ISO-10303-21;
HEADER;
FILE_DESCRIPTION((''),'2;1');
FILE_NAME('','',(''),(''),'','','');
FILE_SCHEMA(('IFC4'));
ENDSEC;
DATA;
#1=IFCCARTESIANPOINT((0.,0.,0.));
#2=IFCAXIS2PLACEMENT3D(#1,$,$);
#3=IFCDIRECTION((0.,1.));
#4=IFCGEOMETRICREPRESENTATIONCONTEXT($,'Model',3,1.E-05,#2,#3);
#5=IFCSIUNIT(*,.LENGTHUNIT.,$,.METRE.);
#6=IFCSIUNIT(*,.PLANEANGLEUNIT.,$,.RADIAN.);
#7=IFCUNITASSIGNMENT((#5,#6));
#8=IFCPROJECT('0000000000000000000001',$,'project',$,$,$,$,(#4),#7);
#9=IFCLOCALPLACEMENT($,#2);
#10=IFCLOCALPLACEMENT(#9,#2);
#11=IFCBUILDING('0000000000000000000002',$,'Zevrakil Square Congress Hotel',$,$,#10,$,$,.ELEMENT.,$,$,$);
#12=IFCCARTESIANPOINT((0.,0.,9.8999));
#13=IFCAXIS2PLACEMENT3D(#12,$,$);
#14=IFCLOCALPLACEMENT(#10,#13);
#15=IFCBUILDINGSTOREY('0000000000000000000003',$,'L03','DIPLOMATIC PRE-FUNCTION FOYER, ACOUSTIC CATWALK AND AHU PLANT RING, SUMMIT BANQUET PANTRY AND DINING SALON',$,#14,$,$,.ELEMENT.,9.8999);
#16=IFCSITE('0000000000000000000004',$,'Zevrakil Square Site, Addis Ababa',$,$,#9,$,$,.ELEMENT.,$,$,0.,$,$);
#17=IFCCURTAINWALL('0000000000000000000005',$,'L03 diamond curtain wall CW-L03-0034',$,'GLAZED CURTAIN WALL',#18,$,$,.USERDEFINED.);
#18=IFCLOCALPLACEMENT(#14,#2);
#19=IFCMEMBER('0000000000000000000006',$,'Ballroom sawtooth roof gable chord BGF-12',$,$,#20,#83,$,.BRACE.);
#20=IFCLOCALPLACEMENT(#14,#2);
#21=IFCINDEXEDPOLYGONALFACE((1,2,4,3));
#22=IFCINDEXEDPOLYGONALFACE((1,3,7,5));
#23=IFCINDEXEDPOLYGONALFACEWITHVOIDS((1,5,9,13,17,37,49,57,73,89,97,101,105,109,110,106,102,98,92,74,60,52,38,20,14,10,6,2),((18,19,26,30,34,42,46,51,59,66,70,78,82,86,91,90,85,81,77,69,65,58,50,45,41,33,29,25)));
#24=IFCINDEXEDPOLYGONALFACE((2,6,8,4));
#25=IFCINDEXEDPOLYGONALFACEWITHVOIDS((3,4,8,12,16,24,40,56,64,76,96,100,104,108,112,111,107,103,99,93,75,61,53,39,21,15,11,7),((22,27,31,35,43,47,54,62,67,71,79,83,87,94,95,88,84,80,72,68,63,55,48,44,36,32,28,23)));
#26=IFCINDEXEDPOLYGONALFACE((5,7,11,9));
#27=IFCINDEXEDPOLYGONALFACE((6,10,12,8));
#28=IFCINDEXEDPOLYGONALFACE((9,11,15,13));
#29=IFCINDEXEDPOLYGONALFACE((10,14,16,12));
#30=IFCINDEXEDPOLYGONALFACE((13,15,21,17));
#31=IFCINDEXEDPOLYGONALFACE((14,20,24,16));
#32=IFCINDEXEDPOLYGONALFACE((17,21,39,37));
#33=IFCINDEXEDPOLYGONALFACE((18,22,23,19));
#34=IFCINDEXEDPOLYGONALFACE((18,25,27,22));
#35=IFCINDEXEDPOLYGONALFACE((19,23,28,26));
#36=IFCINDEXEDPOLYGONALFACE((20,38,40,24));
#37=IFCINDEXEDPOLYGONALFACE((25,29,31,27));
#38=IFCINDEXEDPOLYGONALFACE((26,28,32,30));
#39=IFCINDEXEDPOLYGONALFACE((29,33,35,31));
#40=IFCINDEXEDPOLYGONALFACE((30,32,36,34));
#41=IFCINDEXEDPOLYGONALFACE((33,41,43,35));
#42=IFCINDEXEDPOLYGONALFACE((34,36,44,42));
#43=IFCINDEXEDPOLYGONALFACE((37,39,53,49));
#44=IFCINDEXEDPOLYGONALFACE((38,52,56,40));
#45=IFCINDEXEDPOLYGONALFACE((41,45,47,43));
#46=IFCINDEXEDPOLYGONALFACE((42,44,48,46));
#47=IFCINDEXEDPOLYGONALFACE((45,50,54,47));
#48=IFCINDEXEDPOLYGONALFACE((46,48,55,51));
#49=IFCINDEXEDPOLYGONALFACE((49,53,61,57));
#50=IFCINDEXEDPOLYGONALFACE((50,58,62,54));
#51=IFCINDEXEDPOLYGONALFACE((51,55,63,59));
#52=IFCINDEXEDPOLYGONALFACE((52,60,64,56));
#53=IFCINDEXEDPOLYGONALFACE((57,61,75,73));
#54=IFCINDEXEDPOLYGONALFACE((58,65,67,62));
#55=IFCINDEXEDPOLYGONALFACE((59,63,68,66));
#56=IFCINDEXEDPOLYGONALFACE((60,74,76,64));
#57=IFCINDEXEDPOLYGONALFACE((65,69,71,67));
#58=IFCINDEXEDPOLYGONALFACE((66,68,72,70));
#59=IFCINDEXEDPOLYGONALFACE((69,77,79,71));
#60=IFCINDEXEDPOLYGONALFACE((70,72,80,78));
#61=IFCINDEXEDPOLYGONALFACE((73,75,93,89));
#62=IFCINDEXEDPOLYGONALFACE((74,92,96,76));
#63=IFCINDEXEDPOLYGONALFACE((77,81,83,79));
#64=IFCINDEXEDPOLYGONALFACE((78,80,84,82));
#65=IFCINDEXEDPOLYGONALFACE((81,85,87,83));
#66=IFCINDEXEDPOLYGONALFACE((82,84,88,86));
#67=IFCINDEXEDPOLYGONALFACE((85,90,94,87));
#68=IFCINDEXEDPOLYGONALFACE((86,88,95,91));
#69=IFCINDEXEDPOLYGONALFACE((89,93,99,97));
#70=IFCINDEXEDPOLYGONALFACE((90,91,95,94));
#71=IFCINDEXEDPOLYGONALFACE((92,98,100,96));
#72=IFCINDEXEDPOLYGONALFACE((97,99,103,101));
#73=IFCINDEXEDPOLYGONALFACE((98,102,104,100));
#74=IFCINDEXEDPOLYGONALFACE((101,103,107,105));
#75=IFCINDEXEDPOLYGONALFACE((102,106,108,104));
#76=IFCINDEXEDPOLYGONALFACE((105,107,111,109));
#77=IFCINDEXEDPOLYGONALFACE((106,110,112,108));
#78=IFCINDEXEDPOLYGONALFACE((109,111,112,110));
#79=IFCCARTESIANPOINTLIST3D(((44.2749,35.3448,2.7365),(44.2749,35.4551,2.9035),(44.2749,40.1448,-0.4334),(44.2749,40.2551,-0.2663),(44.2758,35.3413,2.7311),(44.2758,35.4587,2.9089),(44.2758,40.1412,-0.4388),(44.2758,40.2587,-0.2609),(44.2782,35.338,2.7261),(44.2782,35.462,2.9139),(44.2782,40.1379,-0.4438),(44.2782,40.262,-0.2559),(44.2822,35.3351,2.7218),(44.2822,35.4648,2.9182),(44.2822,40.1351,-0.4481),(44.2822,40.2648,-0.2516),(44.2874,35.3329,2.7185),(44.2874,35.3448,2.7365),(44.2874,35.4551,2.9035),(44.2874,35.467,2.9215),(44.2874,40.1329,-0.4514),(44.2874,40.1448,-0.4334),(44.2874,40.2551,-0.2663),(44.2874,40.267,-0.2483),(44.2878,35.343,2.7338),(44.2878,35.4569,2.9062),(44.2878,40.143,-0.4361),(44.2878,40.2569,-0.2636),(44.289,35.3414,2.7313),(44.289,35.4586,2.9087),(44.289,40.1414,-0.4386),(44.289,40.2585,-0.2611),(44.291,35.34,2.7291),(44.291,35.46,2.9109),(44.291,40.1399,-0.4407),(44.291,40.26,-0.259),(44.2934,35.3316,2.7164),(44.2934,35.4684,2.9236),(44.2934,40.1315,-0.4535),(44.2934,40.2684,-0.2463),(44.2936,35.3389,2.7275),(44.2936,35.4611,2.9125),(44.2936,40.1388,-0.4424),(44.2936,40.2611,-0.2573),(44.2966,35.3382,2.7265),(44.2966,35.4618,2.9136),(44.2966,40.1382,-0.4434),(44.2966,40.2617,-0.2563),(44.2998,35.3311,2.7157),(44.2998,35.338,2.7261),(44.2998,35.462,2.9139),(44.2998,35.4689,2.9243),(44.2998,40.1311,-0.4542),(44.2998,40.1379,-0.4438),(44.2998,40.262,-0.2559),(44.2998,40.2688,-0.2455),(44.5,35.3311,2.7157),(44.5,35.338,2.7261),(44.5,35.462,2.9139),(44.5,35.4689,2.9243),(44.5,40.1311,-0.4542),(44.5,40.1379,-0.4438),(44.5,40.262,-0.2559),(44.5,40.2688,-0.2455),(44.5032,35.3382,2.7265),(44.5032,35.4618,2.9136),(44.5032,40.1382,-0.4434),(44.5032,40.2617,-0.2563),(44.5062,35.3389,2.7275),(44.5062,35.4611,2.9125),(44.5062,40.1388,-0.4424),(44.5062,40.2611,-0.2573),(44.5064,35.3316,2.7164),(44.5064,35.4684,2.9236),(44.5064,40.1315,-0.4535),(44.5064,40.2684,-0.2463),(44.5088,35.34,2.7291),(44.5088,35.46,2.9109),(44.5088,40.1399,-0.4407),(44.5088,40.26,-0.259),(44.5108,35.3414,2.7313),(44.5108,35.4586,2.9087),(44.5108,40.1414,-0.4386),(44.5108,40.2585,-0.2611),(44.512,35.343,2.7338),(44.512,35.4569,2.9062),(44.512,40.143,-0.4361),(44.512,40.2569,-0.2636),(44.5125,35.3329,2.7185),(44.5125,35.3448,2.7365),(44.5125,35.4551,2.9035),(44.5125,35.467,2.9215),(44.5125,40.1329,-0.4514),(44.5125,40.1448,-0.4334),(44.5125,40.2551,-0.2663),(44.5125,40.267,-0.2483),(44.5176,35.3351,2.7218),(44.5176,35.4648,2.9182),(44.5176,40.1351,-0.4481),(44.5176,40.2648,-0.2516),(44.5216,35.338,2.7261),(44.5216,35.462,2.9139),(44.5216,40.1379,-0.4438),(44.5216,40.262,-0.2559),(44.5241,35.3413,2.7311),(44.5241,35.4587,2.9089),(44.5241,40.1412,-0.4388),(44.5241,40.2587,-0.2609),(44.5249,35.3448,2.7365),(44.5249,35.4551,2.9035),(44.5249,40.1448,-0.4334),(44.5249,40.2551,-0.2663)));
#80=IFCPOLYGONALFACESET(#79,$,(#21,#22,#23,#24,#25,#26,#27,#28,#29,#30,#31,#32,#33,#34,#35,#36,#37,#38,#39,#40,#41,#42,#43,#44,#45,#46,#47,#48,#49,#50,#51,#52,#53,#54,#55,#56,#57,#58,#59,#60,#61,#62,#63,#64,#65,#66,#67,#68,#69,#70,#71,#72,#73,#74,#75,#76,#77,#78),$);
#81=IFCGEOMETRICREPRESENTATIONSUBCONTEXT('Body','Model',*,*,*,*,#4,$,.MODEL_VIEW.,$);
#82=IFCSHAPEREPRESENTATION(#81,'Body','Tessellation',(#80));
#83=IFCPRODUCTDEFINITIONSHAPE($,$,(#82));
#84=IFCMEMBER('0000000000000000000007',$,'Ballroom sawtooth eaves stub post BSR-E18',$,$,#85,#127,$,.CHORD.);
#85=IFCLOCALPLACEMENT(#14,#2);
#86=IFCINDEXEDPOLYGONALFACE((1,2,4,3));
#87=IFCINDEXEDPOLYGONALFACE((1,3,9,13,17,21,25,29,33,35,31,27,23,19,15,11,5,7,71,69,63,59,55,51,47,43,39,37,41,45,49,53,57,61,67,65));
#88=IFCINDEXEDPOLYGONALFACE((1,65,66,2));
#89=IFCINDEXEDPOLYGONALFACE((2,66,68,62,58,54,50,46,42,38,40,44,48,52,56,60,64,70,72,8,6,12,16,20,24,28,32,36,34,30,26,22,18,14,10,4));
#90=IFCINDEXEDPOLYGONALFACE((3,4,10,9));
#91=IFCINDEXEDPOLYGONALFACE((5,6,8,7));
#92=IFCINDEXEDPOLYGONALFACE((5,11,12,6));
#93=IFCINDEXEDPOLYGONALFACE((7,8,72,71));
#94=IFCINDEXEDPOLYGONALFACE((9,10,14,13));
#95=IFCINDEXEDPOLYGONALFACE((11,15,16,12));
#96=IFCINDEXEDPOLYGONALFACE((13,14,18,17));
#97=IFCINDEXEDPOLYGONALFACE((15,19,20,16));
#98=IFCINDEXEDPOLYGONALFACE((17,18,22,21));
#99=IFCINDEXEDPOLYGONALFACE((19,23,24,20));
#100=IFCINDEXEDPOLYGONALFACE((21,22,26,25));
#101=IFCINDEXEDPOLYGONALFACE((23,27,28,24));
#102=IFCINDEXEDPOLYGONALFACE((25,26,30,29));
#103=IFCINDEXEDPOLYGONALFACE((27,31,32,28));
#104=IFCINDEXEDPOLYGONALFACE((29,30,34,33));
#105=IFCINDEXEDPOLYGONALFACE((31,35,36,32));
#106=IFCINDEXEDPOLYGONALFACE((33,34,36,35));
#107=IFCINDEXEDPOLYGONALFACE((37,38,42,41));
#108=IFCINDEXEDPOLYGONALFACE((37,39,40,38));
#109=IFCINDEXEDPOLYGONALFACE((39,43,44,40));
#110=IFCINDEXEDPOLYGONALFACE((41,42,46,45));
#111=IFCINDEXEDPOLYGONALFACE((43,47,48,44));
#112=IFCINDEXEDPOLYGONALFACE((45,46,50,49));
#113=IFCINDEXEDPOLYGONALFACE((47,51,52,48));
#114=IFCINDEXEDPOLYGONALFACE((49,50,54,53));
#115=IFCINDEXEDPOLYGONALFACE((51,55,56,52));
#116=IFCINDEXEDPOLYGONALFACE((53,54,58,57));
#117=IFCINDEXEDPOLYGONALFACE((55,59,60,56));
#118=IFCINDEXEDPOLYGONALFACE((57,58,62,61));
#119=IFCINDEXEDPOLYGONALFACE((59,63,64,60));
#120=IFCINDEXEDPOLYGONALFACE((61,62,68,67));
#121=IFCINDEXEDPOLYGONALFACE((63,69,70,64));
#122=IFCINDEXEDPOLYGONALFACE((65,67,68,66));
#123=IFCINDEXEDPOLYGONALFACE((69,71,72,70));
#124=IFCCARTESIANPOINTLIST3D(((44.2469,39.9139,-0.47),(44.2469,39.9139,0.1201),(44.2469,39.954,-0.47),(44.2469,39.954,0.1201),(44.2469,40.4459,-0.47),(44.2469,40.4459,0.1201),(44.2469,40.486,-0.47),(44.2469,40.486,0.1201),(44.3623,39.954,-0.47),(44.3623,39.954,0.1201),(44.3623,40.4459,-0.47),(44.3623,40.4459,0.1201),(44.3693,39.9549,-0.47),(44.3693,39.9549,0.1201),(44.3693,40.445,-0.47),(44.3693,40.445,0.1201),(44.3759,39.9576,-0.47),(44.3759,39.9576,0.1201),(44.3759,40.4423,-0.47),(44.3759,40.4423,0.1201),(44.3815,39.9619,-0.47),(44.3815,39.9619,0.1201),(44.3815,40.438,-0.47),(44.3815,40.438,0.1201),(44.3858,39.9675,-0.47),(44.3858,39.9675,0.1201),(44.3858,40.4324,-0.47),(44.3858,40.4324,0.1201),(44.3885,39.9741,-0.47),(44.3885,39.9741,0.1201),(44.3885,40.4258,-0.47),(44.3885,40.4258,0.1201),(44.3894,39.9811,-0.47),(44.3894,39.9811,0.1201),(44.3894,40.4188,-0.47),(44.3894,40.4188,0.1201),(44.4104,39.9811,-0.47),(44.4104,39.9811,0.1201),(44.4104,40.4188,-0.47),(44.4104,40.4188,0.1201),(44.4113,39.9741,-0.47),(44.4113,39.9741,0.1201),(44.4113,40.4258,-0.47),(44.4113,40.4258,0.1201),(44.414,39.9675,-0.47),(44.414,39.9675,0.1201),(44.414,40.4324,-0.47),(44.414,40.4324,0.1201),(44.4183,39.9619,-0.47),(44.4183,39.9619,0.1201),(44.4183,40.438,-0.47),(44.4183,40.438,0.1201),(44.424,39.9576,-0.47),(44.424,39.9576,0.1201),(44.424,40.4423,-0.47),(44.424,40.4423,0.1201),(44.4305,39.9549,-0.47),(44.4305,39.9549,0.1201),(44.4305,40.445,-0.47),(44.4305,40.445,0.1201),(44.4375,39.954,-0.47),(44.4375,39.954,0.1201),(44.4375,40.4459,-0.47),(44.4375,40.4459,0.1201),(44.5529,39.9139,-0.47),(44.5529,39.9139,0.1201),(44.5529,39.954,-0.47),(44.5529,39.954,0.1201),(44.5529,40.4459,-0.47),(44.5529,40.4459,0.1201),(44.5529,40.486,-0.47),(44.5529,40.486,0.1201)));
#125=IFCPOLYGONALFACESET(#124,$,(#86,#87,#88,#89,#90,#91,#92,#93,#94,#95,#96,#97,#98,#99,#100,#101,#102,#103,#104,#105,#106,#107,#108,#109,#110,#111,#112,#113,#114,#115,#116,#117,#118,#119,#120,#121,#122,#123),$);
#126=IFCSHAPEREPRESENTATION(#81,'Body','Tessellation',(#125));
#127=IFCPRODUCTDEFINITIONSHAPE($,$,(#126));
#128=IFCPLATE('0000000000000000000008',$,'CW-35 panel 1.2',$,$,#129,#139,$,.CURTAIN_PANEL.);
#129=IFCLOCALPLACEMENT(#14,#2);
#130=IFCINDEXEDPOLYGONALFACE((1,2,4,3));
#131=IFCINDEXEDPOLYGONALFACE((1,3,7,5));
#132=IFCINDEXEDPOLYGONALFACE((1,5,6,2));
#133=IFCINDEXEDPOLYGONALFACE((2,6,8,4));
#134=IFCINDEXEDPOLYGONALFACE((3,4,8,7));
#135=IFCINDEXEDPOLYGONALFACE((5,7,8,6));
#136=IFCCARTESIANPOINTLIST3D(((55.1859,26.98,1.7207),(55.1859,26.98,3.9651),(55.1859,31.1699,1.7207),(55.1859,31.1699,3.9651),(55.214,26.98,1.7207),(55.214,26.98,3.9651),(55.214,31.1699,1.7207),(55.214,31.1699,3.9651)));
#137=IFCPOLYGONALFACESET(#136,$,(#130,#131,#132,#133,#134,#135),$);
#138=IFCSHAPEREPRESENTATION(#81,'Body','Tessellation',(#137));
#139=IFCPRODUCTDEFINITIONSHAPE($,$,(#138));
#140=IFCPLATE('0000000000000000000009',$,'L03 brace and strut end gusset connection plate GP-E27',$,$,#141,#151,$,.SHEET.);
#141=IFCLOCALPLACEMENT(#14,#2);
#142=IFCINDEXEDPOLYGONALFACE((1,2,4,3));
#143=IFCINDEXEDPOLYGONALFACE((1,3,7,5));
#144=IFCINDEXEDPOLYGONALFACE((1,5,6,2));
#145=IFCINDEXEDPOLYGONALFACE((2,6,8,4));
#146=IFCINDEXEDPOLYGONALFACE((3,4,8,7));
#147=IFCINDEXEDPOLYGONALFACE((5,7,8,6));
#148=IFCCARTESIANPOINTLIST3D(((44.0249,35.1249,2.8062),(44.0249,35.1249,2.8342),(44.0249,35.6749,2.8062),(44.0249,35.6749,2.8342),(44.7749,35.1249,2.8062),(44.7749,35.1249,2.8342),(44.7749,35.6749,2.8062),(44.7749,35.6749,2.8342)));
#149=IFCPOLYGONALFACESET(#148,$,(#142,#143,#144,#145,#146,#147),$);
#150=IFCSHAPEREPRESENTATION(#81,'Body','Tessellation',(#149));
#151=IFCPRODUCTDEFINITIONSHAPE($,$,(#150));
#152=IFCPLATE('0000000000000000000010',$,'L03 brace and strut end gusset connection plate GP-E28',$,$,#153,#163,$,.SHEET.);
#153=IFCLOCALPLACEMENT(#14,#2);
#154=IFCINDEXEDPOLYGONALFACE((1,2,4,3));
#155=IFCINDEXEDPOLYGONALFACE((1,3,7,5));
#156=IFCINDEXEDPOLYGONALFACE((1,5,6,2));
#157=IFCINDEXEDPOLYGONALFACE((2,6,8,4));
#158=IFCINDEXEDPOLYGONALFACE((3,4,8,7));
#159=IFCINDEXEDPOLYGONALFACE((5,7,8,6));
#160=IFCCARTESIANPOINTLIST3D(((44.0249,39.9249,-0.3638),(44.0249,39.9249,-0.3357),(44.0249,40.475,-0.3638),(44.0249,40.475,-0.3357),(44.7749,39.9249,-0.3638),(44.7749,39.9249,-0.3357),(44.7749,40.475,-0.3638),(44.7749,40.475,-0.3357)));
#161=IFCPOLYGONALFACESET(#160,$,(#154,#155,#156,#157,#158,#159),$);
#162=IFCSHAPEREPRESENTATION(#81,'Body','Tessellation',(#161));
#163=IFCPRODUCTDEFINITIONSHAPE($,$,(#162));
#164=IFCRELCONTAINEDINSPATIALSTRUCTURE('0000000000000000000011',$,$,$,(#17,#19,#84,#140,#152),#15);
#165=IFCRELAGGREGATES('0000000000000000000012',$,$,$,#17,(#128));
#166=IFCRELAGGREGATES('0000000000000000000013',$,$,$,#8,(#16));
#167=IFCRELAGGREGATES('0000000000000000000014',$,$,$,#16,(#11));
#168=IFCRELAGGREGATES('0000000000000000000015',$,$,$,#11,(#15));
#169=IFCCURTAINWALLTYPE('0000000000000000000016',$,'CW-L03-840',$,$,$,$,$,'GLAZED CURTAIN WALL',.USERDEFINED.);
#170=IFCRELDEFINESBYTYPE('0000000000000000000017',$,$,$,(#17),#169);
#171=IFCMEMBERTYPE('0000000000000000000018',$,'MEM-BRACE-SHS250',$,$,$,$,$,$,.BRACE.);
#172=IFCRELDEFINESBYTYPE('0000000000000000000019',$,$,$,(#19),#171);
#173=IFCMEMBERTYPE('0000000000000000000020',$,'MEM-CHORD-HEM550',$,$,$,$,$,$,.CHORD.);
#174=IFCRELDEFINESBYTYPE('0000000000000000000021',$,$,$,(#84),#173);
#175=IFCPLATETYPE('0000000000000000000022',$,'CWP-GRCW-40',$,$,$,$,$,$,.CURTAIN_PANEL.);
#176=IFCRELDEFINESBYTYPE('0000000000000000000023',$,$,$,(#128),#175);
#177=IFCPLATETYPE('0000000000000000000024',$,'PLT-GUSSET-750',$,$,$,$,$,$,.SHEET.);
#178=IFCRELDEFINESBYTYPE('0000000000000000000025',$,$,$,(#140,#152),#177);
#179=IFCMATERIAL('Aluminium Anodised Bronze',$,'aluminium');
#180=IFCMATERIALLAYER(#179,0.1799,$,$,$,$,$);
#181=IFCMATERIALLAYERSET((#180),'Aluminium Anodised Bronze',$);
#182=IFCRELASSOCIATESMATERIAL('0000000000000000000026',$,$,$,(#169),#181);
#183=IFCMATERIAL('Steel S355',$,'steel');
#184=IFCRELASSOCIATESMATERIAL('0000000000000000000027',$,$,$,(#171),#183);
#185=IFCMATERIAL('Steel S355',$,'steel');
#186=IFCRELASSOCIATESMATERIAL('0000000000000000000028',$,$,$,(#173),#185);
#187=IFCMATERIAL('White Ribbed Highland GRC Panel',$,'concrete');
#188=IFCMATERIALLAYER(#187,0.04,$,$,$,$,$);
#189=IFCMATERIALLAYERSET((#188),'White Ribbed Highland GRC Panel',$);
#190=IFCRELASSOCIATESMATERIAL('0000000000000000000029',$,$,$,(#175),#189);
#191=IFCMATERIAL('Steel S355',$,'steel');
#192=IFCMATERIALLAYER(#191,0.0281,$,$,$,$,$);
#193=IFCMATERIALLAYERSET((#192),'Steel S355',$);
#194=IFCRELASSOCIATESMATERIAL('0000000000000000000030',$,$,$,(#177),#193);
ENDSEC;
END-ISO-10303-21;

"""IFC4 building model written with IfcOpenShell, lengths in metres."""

from ifc_helpers import new_model, si_unit, direction, frame, origin, origin_2d, place, context, subcontext, project, spatial, rectangle, hollow_rectangle, i_section, extrude, material, layer, layer_set, material_profile, profile_set, type_object, element, aggregate, save


model = new_model("IFC4")

# Units and contexts
model_context = context("Model", 3, precision=1e-05, world=origin(), true_north=direction((0.0, 1.0)))
body_context = subcontext(model_context, "Body", "Model", "MODEL_VIEW")
ifc_project = project(units=[si_unit("LENGTHUNIT", "METRE"), si_unit("PLANEANGLEUNIT", "RADIAN")], contexts=[model_context])

# Site, building, storey
site_placement = place(None, origin())
site = spatial("IfcSite", under=ifc_project, at=site_placement, Name="Zevrakil Square Site, Addis Ababa", CompositionType="ELEMENT", RefElevation=0.0)
building_placement = place(site_placement, origin())
building = spatial("IfcBuilding", under=site, at=building_placement, Name="Zevrakil Square Congress Hotel", CompositionType="ELEMENT")
storey_placement = place(building_placement, frame((0.0, 0.0, 9.8999)))
storey = spatial("IfcBuildingStorey", under=building, at=storey_placement, Name="L03", Description="DIPLOMATIC PRE-FUNCTION FOYER, ACOUSTIC CATWALK AND AHU PLANT RING, SUMMIT BANQUET PANTRY AND DINING SALON", CompositionType="ELEMENT", Elevation=9.8999)

# Curtain wall
ifc_material_1 = material(Name="Aluminium Anodised Bronze", Category="aluminium")
ifc_layer_1 = layer(ifc_material_1, 0.1799)
ifc_layer_set_1 = layer_set([ifc_layer_1], Name="Aluminium Anodised Bronze")
curtain_wall_type = type_object("IfcCurtainWallType", Name="CW-L03-840", ElementType="GLAZED CURTAIN WALL", PredefinedType="USERDEFINED", material=ifc_layer_set_1)
curtain_wall_placement = place(storey_placement, origin())
curtain_wall = element("IfcCurtainWall", 1, at=curtain_wall_placement, inside=storey, type_object=curtain_wall_type, Name="L03 diamond curtain wall CW-L03-0034", ObjectType="GLAZED CURTAIN WALL", PredefinedType="USERDEFINED")

# Members
ifc_material_2 = material(Name="Steel S355", Category="steel")
ifc_material_profile_1 = material_profile(ifc_material_2, hollow_rectangle(XDim=0.25, YDim=0.25, WallThickness=0.0125, InnerFilletRadius=0.0125, OuterFilletRadius=0.0249, at=origin_2d()), Name="SHS 250x250x12.5")
ifc_profile_set_1 = profile_set([ifc_material_profile_1], Name="Steel S355")
member_type_1 = type_object("IfcMemberType", Name="MEM-BRACE-SHS250", PredefinedType="BRACE", material=ifc_profile_set_1)
member_1_placement = place(storey_placement, frame((44.3999, 40.2, -0.3499), z_axis=(0.0, -0.834458, 0.551071), x_axis=(1.0, 0.0, 0.0)))
element("IfcMember", 2, at=member_1_placement, inside=storey, type_object=member_type_1, Name="Ballroom sawtooth roof gable chord BGF-12", PredefinedType="BRACE", context=body_context, shape_type="SweptSolid", body=[
    extrude(hollow_rectangle(XDim=0.25, YDim=0.25, WallThickness=0.0125, InnerFilletRadius=0.0125, OuterFilletRadius=0.0249, at=origin_2d()), origin(), (0.0, 0.0, 1.0), 5.7522),
])
ifc_material_3 = material(Name="Steel S355", Category="steel")
ifc_material_profile_2 = material_profile(ifc_material_3, i_section(OverallWidth=0.3059, OverallDepth=0.572, WebThickness=0.021, FlangeThickness=0.04, FilletRadius=0.0271, at=origin_2d()), Name="HEM 550")
ifc_profile_set_2 = profile_set([ifc_material_profile_2], Name="Steel S355")
member_type_2 = type_object("IfcMemberType", Name="MEM-CHORD-HEM550", PredefinedType="CHORD", material=ifc_profile_set_2)
member_2_placement = place(storey_placement, frame((44.3999, 40.2, -0.47), z_axis=(0.0, 0.0, 1.0), x_axis=(1.0, 0.0, 0.0)))
element("IfcMember", 3, at=member_2_placement, inside=storey, type_object=member_type_2, Name="Ballroom sawtooth eaves stub post BSR-E18", PredefinedType="CHORD", context=body_context, shape_type="SweptSolid", body=[
    extrude(i_section(OverallWidth=0.3059, OverallDepth=0.572, WebThickness=0.021, FlangeThickness=0.04, FilletRadius=0.0271, at=origin_2d()), origin(), (0.0, 0.0, 1.0), 0.5901),
])

# Plate
ifc_material_4 = material(Name="White Ribbed Highland GRC Panel", Category="concrete")
ifc_layer_2 = layer(ifc_material_4, 0.04)
ifc_layer_set_2 = layer_set([ifc_layer_2], Name="White Ribbed Highland GRC Panel")
plate_type_1 = type_object("IfcPlateType", Name="CWP-GRCW-40", PredefinedType="CURTAIN_PANEL", material=ifc_layer_set_2)
plate_placement = place(storey_placement, frame((55.2, 29.075, 1.7207), z_axis=(0.0, 0.0, 1.0), x_axis=(0.0, 1.0, 0.0)))
plate = element("IfcPlate", 4, at=plate_placement, type_object=plate_type_1, Name="CW-35 panel 1.2", PredefinedType="CURTAIN_PANEL", context=body_context, shape_type="SweptSolid", body=[
    extrude(rectangle(XDim=4.1899, YDim=0.0281, at=origin_2d()), origin(), (0.0, 0.0, 1.0), 2.2444),
])
aggregate(curtain_wall, [plate])

# Plates
ifc_material_5 = material(Name="Steel S355", Category="steel")
ifc_layer_3 = layer(ifc_material_5, 0.0281)
ifc_layer_set_3 = layer_set([ifc_layer_3], Name="Steel S355")
plate_type_2 = type_object("IfcPlateType", Name="PLT-GUSSET-750", PredefinedType="SHEET", material=ifc_layer_set_3)
for number, where, z_axis, x_axis, name in (
    (5, (44.3999, 35.3999, 2.8062), (0.0, 0.0, 1.0), (1.0, 0.0, 0.0), "L03 brace and strut end gusset connection plate GP-E27"),
    (6, (44.3999, 40.2, -0.3638), (0.0, 0.0, 1.0), (1.0, 0.0, 0.0), "L03 brace and strut end gusset connection plate GP-E28"),
):
    element("IfcPlate", number, at=place(storey_placement, frame(where, z_axis=z_axis, x_axis=x_axis)), inside=storey, type_object=plate_type_2, Name=name, PredefinedType="SHEET", context=body_context, shape_type="SweptSolid", body=[
        extrude(rectangle(XDim=0.75, YDim=0.55, at=origin_2d()), origin(), (0.0, 0.0, 1.0), 0.0281),
    ])

save(model, "model.ifc")
